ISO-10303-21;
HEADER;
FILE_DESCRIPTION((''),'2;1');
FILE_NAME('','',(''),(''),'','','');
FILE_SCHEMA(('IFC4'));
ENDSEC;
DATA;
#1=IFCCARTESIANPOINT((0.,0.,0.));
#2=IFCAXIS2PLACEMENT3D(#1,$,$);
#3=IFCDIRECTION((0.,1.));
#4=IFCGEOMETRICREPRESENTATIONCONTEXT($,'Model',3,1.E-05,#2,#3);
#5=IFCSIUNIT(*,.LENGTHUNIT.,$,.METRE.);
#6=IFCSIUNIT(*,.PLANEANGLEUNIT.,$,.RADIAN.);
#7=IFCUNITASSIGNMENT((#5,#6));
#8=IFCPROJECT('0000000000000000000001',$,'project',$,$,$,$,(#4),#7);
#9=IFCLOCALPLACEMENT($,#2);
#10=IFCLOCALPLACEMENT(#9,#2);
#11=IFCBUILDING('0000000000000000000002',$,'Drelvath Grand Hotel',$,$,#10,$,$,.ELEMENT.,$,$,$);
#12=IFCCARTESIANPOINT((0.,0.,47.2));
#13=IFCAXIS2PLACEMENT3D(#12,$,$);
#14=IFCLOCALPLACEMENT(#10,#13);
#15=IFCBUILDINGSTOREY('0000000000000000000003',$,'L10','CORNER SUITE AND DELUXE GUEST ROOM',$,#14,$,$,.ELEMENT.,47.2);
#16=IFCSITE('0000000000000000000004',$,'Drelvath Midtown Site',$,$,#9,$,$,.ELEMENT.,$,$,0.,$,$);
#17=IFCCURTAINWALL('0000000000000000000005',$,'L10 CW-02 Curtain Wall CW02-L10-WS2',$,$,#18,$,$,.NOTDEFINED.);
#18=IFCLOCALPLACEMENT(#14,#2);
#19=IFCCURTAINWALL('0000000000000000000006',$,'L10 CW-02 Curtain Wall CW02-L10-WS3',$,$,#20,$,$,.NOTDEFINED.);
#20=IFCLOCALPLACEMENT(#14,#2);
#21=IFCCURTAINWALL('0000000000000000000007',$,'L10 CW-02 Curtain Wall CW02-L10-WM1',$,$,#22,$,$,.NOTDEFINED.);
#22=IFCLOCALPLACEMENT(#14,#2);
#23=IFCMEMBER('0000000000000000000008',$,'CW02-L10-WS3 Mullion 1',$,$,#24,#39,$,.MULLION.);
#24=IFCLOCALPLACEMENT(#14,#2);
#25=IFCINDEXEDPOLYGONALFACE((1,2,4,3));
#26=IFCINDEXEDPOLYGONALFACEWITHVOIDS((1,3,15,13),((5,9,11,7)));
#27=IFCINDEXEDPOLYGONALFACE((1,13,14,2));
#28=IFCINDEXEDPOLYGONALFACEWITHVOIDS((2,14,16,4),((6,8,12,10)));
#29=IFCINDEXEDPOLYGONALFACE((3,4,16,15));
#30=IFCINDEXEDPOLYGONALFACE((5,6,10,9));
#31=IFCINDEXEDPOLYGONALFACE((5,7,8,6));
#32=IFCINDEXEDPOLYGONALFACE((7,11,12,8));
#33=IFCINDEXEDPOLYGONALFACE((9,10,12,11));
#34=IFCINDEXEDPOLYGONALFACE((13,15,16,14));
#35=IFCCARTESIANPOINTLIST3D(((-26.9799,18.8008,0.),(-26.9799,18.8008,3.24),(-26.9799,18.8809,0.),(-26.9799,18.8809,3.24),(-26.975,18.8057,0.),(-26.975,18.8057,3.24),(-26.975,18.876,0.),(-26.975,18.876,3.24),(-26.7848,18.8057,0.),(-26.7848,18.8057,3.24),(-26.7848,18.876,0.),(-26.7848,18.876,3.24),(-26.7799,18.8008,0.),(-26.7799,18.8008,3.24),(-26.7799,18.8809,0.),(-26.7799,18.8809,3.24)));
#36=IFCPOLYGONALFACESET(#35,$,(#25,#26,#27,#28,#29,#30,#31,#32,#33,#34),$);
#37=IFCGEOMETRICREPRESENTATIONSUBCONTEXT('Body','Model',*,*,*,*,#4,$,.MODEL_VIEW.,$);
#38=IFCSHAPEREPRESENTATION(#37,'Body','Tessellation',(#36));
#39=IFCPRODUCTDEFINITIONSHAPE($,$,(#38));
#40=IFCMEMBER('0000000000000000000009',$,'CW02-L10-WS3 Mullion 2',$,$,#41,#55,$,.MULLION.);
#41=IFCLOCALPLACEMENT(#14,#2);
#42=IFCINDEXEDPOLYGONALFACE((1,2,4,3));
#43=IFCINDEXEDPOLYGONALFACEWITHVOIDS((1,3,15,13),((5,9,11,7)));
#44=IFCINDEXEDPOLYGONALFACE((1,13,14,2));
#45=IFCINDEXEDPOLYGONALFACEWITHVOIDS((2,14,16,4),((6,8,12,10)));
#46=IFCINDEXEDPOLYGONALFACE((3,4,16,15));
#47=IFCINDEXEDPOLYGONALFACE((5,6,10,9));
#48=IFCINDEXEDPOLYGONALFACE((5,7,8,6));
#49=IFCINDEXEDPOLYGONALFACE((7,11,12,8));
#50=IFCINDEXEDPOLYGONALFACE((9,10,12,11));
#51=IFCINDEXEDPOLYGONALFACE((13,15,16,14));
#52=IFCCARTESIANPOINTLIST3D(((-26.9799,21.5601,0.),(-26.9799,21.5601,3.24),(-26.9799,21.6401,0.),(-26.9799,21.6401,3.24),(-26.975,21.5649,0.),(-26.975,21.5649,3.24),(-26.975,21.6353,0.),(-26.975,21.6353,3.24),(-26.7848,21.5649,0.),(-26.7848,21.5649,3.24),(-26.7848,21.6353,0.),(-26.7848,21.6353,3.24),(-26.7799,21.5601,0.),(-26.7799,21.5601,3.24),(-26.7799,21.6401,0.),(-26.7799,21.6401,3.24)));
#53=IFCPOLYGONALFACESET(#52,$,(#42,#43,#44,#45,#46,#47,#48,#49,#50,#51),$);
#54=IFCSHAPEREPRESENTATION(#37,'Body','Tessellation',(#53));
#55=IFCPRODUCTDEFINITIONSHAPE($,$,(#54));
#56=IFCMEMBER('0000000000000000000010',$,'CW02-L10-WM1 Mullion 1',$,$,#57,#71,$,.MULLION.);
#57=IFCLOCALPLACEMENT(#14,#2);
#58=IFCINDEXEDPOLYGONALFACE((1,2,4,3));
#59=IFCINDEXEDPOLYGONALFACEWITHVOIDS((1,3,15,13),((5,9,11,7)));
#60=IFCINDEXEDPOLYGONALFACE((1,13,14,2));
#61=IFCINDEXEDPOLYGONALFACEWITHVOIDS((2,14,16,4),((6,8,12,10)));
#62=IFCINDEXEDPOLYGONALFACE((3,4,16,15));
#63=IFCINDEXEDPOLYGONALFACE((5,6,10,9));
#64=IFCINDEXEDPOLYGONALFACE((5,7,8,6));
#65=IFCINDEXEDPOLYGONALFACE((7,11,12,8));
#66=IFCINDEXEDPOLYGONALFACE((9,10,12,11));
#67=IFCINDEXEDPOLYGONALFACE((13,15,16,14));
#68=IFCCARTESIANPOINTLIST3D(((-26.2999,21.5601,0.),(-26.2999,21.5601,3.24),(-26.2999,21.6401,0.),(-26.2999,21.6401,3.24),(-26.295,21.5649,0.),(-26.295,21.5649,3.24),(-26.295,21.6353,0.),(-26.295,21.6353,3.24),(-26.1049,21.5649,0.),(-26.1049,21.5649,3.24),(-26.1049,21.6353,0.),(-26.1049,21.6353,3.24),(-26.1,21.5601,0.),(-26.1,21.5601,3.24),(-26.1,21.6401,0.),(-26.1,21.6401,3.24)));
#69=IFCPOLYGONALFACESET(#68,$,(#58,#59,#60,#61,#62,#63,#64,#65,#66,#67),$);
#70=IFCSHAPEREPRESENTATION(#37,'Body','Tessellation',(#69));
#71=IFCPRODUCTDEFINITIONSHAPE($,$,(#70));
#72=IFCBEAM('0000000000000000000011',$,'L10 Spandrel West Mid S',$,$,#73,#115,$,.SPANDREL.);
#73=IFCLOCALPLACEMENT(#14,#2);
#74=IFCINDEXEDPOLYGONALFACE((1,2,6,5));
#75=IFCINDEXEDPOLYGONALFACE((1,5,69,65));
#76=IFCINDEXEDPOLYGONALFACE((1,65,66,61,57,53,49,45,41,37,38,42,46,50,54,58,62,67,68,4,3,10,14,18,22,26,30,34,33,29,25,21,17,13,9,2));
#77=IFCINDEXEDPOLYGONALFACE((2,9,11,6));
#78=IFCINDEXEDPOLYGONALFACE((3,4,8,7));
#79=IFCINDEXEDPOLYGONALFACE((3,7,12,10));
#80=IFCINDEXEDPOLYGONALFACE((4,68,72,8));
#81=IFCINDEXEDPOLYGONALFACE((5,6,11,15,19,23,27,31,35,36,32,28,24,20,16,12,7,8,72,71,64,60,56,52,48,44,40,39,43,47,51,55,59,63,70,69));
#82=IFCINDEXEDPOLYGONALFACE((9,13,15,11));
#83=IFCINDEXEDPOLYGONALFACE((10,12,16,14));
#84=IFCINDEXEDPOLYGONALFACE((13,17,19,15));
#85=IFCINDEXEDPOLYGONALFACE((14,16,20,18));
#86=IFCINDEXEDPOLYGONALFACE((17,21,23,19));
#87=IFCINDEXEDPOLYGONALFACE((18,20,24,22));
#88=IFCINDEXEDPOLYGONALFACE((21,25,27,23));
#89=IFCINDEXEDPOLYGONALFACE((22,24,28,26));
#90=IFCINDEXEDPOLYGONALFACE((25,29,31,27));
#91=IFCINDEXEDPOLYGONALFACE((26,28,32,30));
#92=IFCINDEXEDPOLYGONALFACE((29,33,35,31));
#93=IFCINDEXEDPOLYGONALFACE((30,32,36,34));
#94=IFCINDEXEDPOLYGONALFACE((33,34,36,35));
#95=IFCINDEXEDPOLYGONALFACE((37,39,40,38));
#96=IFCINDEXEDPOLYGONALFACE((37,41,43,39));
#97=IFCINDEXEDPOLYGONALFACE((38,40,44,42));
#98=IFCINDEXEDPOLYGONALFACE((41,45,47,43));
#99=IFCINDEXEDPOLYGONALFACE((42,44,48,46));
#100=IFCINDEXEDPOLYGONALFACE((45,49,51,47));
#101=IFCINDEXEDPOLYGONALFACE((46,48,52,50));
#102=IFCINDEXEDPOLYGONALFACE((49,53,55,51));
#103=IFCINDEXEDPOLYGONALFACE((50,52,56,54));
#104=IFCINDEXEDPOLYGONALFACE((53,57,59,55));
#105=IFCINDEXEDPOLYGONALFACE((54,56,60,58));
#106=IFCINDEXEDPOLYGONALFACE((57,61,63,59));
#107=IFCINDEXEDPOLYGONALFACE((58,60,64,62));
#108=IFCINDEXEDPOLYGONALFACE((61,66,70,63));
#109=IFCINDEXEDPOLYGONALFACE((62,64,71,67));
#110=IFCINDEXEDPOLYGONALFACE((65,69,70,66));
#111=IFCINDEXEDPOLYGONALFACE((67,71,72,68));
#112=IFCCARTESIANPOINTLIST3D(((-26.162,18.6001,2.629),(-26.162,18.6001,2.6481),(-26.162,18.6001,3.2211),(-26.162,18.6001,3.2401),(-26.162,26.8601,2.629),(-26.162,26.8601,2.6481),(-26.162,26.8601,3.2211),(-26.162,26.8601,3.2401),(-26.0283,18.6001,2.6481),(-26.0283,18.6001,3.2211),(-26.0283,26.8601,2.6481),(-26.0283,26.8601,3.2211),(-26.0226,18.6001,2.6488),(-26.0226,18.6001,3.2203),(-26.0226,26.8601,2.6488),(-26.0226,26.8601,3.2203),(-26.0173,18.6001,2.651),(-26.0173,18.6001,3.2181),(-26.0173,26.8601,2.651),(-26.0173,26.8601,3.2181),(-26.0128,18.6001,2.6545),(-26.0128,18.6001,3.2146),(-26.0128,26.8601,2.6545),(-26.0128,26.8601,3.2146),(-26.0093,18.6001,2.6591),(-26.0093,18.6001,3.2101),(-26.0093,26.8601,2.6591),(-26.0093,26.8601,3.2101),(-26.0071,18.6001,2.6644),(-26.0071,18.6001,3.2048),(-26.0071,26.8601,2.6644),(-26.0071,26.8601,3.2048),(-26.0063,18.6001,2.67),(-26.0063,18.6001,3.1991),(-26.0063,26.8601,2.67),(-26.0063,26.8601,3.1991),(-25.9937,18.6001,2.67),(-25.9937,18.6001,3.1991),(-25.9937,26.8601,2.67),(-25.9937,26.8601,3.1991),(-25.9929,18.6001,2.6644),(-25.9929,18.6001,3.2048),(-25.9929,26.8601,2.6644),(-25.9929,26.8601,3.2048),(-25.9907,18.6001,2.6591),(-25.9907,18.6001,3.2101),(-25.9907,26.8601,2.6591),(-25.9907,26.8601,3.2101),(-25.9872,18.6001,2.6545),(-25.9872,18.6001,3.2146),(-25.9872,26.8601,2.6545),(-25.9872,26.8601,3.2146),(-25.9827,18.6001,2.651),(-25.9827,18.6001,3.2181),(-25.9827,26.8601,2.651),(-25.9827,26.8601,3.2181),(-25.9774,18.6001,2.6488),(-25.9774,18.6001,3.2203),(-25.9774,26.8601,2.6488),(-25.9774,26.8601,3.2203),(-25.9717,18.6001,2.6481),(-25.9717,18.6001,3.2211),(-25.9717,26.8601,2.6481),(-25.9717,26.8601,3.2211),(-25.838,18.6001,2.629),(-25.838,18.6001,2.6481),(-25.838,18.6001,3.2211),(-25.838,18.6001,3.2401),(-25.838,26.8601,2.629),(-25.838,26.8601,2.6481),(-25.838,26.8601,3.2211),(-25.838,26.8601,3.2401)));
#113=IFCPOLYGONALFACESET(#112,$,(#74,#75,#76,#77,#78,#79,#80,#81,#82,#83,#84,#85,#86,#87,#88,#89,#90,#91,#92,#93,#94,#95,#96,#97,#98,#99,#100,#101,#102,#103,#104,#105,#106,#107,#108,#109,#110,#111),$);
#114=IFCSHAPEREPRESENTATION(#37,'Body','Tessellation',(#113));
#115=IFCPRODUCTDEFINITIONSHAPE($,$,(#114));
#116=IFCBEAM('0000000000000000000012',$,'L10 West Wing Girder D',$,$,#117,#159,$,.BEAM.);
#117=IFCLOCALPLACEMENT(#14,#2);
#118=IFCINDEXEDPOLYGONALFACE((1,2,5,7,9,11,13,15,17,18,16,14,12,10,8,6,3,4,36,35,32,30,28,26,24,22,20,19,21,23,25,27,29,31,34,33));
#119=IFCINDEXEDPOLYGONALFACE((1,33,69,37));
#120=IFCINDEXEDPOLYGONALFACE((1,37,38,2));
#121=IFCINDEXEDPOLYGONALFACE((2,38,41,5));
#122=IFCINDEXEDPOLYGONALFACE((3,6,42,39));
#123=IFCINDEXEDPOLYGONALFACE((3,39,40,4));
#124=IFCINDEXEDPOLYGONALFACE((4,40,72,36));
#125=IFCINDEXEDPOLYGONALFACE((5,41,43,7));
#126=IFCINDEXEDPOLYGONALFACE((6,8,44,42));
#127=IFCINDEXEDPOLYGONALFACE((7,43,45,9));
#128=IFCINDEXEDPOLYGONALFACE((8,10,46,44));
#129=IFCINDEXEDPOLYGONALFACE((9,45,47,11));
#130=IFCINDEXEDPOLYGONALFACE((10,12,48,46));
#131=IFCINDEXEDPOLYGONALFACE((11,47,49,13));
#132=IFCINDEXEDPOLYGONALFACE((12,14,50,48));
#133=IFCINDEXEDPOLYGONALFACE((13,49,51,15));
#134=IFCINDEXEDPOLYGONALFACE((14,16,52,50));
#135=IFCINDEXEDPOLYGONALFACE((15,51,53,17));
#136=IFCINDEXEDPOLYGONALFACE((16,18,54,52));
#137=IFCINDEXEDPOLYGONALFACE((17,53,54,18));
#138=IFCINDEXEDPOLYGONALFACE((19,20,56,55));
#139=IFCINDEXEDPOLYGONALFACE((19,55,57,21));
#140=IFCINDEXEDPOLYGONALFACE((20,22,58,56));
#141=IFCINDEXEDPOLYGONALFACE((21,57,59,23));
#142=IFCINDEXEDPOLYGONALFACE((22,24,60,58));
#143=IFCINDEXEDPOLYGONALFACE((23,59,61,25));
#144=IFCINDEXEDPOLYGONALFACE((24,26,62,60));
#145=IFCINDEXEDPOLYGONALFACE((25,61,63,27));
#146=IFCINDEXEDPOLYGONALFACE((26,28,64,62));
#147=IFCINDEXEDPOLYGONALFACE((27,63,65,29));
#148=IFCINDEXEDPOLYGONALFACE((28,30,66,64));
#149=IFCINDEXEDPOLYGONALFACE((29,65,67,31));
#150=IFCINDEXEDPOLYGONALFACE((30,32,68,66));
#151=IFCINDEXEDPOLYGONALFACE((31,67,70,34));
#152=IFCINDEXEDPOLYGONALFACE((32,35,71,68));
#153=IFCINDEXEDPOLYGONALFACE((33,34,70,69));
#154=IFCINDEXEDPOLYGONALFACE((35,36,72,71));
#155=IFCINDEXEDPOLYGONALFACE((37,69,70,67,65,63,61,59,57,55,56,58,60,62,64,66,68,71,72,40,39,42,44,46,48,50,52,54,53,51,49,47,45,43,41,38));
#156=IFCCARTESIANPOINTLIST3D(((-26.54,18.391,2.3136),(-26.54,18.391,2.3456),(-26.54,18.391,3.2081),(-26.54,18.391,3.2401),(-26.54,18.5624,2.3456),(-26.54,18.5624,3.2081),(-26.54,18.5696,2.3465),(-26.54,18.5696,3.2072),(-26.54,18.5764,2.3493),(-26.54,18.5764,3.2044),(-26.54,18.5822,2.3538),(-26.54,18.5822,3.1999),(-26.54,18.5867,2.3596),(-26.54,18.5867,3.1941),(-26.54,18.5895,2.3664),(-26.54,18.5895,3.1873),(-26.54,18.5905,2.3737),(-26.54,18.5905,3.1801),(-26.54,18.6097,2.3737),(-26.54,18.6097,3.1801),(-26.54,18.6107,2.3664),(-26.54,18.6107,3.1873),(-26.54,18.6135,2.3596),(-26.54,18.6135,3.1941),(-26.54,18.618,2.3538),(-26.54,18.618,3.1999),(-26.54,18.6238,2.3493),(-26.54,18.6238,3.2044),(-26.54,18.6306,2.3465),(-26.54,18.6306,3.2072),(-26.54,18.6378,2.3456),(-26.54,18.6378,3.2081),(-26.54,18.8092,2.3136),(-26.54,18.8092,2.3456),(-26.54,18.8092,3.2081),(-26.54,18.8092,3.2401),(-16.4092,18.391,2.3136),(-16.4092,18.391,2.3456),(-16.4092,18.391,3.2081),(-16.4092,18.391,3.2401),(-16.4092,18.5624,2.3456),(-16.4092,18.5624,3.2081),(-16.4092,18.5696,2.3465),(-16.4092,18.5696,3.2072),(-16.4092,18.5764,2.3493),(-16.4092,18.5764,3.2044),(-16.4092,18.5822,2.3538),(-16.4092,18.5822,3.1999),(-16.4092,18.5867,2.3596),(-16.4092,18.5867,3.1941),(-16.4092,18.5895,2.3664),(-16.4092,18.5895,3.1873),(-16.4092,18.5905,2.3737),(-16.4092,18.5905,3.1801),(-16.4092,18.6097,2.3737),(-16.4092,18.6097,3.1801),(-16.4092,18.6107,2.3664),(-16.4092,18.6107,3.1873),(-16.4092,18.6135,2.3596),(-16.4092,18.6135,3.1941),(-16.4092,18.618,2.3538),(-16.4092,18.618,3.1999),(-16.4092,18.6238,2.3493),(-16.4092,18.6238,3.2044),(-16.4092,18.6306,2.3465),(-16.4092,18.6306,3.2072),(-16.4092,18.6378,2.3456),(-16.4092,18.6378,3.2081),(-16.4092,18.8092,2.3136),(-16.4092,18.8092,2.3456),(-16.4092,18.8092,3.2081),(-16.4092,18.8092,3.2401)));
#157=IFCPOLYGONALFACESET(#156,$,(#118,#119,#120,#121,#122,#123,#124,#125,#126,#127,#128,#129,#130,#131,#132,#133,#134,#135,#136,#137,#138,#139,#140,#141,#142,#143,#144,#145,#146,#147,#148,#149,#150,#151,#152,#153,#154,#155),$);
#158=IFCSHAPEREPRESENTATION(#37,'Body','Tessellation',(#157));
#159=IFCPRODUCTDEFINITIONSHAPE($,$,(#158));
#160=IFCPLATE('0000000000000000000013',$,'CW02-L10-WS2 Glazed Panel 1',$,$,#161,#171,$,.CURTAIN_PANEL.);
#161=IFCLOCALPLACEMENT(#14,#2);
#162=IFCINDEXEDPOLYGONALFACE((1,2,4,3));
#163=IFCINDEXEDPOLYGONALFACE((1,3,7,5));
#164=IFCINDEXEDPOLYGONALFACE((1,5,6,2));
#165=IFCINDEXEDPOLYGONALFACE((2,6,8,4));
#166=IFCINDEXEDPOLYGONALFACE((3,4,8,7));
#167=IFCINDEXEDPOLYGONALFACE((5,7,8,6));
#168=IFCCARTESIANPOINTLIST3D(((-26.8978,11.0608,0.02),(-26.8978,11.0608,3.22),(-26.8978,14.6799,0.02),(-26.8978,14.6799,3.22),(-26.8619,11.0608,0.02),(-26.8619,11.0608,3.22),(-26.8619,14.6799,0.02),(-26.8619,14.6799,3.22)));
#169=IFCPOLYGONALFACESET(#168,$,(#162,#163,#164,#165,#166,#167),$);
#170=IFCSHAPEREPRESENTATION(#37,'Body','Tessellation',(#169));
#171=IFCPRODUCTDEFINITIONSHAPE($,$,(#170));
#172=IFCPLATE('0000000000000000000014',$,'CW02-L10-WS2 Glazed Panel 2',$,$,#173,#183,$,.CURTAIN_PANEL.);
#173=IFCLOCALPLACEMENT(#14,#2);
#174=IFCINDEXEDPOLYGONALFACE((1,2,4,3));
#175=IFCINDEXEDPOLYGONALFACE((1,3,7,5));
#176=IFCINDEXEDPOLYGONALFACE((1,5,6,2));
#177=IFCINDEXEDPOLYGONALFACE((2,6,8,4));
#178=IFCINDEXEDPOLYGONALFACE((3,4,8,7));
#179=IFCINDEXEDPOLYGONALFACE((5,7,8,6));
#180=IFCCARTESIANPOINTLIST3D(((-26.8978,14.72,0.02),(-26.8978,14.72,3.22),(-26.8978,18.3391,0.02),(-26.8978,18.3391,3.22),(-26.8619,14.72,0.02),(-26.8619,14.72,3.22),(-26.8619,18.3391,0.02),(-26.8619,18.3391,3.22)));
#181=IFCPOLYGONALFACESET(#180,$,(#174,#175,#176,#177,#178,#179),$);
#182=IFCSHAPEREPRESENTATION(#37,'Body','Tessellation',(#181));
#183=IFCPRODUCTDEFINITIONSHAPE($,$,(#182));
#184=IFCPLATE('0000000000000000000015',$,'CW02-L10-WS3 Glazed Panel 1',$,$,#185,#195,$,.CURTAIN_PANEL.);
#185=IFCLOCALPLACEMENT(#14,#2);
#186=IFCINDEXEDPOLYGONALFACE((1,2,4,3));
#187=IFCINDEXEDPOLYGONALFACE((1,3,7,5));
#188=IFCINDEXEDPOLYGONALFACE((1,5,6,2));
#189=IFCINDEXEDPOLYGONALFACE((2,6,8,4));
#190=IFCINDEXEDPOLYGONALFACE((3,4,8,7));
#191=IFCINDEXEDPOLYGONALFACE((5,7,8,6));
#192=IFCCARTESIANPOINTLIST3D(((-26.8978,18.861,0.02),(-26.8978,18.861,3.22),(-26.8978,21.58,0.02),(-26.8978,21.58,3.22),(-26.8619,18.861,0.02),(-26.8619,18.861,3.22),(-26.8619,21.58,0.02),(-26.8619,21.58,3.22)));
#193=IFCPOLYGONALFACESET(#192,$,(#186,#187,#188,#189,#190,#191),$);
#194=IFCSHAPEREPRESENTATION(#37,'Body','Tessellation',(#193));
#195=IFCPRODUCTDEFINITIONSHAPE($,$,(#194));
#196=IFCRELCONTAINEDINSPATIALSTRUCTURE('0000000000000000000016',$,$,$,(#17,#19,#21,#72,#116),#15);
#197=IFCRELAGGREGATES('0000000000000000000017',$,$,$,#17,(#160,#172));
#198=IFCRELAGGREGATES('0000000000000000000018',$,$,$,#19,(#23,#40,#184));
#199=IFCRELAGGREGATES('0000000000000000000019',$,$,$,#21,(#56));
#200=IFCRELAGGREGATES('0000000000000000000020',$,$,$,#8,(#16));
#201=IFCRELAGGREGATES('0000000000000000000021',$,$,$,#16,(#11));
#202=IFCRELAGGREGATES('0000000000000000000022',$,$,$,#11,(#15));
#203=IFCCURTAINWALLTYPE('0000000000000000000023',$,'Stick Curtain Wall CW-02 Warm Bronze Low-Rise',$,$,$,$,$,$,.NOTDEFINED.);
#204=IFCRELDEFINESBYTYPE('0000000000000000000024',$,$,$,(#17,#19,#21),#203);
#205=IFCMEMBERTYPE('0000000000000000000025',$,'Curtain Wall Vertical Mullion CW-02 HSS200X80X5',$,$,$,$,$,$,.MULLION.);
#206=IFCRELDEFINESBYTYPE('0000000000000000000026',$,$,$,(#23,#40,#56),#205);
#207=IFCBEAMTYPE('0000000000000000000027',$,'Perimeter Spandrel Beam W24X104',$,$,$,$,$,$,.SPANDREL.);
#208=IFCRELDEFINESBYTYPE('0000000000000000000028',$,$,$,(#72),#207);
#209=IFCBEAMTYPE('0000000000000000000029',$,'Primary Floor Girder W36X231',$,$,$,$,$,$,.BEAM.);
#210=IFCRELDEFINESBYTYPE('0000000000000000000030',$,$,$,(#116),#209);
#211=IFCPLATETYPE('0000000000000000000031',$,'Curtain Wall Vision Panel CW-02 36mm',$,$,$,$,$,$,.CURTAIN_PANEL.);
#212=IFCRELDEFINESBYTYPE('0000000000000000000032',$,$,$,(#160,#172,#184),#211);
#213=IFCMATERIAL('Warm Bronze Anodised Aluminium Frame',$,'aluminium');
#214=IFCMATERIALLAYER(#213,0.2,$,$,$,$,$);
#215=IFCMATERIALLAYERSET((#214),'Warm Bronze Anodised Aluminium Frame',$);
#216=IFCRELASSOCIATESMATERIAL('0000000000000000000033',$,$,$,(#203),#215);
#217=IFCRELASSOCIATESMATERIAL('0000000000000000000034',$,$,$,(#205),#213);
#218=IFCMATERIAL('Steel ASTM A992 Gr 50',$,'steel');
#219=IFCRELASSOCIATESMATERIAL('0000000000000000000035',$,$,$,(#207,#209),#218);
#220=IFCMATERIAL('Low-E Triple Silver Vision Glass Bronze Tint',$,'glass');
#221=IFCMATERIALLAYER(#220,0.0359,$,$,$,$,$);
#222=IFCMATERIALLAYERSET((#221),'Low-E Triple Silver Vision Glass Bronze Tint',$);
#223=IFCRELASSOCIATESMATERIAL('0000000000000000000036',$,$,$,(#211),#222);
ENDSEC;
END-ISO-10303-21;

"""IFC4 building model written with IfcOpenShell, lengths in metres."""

from ifc_helpers import new_model, si_unit, direction, frame, origin, origin_2d, place, context, subcontext, project, spatial, rectangle, hollow_rectangle, i_section, extrude, material, layer, layer_set, material_profile, profile_set, type_object, element, aggregate, save


model = new_model("IFC4")

# Units and contexts
model_context = context("Model", 3, precision=1e-05, world=origin(), true_north=direction((0.0, 1.0)))
body_context = subcontext(model_context, "Body", "Model", "MODEL_VIEW")
ifc_project = project(units=[si_unit("LENGTHUNIT", "METRE"), si_unit("PLANEANGLEUNIT", "RADIAN")], contexts=[model_context])

# Site, building, storey
site_placement = place(None, origin())
site = spatial("IfcSite", under=ifc_project, at=site_placement, Name="Drelvath Midtown Site", CompositionType="ELEMENT", RefElevation=0.0)
building_placement = place(site_placement, origin())
building = spatial("IfcBuilding", under=site, at=building_placement, Name="Drelvath Grand Hotel", CompositionType="ELEMENT")
storey_placement = place(building_placement, frame((0.0, 0.0, 47.2)))
storey = spatial("IfcBuildingStorey", under=building, at=storey_placement, Name="L10", Description="CORNER SUITE AND DELUXE GUEST ROOM", CompositionType="ELEMENT", Elevation=47.2)

# Shared definitions
ifc_material_1 = material(Name="Steel ASTM A992 Gr 50", Category="steel")

# Curtain walls
ifc_material_2 = material(Name="Warm Bronze Anodised Aluminium Frame", Category="aluminium")
ifc_layer_1 = layer(ifc_material_2, 0.2)
ifc_layer_set_1 = layer_set([ifc_layer_1], Name="Warm Bronze Anodised Aluminium Frame")
curtain_wall_type = type_object("IfcCurtainWallType", Name="Stick Curtain Wall CW-02 Warm Bronze Low-Rise", PredefinedType="NOTDEFINED", material=ifc_layer_set_1)
curtain_wall_1_placement = place(storey_placement, origin())
curtain_wall_1 = element("IfcCurtainWall", 1, at=curtain_wall_1_placement, inside=storey, type_object=curtain_wall_type, Name="L10 CW-02 Curtain Wall CW02-L10-WS2", PredefinedType="NOTDEFINED")
curtain_wall_2_placement = place(storey_placement, origin())
curtain_wall_2 = element("IfcCurtainWall", 2, at=curtain_wall_2_placement, inside=storey, type_object=curtain_wall_type, Name="L10 CW-02 Curtain Wall CW02-L10-WS3", PredefinedType="NOTDEFINED")
curtain_wall_3_placement = place(storey_placement, origin())
curtain_wall_3 = element("IfcCurtainWall", 3, at=curtain_wall_3_placement, inside=storey, type_object=curtain_wall_type, Name="L10 CW-02 Curtain Wall CW02-L10-WM1", PredefinedType="NOTDEFINED")

# Members
ifc_material_profile_1 = material_profile(ifc_material_2, hollow_rectangle(XDim=0.0801, YDim=0.2, WallThickness=0.0049, at=origin_2d()), Name="HSS200X80X5")
ifc_profile_set_1 = profile_set([ifc_material_profile_1], Name="Warm Bronze Anodised Aluminium Frame")
member_type_1 = type_object("IfcMemberType", Name="Curtain Wall Vertical Mullion CW-02 HSS200X80X5", PredefinedType="MULLION", material=ifc_profile_set_1)
member_1_placement = place(storey_placement, frame((-26.8799, 18.8408, 0.0), z_axis=(0.0, 0.0, 1.0), x_axis=(0.0, 1.0, 0.0)))
member_1 = element("IfcMember", 4, at=member_1_placement, type_object=member_type_1, Name="CW02-L10-WS3 Mullion 1", PredefinedType="MULLION", context=body_context, shape_type="SweptSolid", body=[
    extrude(hollow_rectangle(XDim=0.0801, YDim=0.2, WallThickness=0.0049, at=origin_2d()), origin(), (0.0, 0.0, 1.0), 3.24),
])
member_2_placement = place(storey_placement, frame((-26.8799, 21.6001, 0.0), z_axis=(0.0, 0.0, 1.0), x_axis=(0.0, 1.0, 0.0)))
member_2 = element("IfcMember", 5, at=member_2_placement, type_object=member_type_1, Name="CW02-L10-WS3 Mullion 2", PredefinedType="MULLION", context=body_context, shape_type="SweptSolid", body=[
    extrude(hollow_rectangle(XDim=0.0801, YDim=0.2, WallThickness=0.0049, at=origin_2d()), origin(), (0.0, 0.0, 1.0), 3.24),
])
member_3_placement = place(storey_placement, frame((-26.2, 21.6001, 0.0), z_axis=(0.0, 0.0, 1.0), x_axis=(0.0, 1.0, 0.0)))
member_3 = element("IfcMember", 6, at=member_3_placement, type_object=member_type_1, Name="CW02-L10-WM1 Mullion 1", PredefinedType="MULLION", context=body_context, shape_type="SweptSolid", body=[
    extrude(hollow_rectangle(XDim=0.0801, YDim=0.2, WallThickness=0.0049, at=origin_2d()), origin(), (0.0, 0.0, 1.0), 3.24),
])

# Beams
ifc_material_profile_2 = material_profile(ifc_material_1, i_section(OverallWidth=0.324, OverallDepth=0.6111, WebThickness=0.0127, FlangeThickness=0.019, FilletRadius=0.022, at=origin_2d()), Name="W24X104")
ifc_profile_set_2 = profile_set([ifc_material_profile_2], Name="Steel ASTM A992 Gr 50")
beam_type_1 = type_object("IfcBeamType", Name="Perimeter Spandrel Beam W24X104", PredefinedType="SPANDREL", material=ifc_profile_set_2)
beam_1_placement = place(storey_placement, frame((-26.0, 18.6001, 2.9346), z_axis=(0.0, 1.0, 0.0), x_axis=(-1.0, 0.0, 0.0)))
element("IfcBeam", 7, at=beam_1_placement, inside=storey, type_object=beam_type_1, Name="L10 Spandrel West Mid S", PredefinedType="SPANDREL", context=body_context, shape_type="SweptSolid", body=[
    extrude(i_section(OverallWidth=0.324, OverallDepth=0.6111, WebThickness=0.0127, FlangeThickness=0.019, FilletRadius=0.022, at=origin_2d()), origin(), (0.0, 0.0, 1.0), 8.26),
])
ifc_material_profile_3 = material_profile(ifc_material_1, i_section(OverallWidth=0.4182, OverallDepth=0.9265, WebThickness=0.0193, FlangeThickness=0.032, FilletRadius=0.0281, at=origin_2d()), Name="W36X231")
ifc_profile_set_3 = profile_set([ifc_material_profile_3], Name="Steel ASTM A992 Gr 50")
beam_type_2 = type_object("IfcBeamType", Name="Primary Floor Girder W36X231", PredefinedType="BEAM", material=ifc_profile_set_3)
beam_2_placement = place(storey_placement, frame((-26.54, 18.6001, 2.7769), z_axis=(1.0, 0.0, 0.0), x_axis=(0.0, 1.0, 0.0)))
element("IfcBeam", 8, at=beam_2_placement, inside=storey, type_object=beam_type_2, Name="L10 West Wing Girder D", PredefinedType="BEAM", context=body_context, shape_type="SweptSolid", body=[
    extrude(i_section(OverallWidth=0.4182, OverallDepth=0.9265, WebThickness=0.0193, FlangeThickness=0.032, FilletRadius=0.0281, at=origin_2d()), origin(), (0.0, 0.0, 1.0), 10.1309),
])

# Plates
ifc_material_3 = material(Name="Low-E Triple Silver Vision Glass Bronze Tint", Category="glass")
ifc_layer_2 = layer(ifc_material_3, 0.0359)
ifc_layer_set_2 = layer_set([ifc_layer_2], Name="Low-E Triple Silver Vision Glass Bronze Tint")
plate_type = type_object("IfcPlateType", Name="Curtain Wall Vision Panel CW-02 36mm", PredefinedType="CURTAIN_PANEL", material=ifc_layer_set_2)
plate_1_placement = place(storey_placement, frame((-26.8799, 12.8704, 0.02), z_axis=(0.0, 0.0, 1.0), x_axis=(0.0, 1.0, 0.0)))
plate_1 = element("IfcPlate", 9, at=plate_1_placement, type_object=plate_type, Name="CW02-L10-WS2 Glazed Panel 1", PredefinedType="CURTAIN_PANEL", context=body_context, shape_type="SweptSolid", body=[
    extrude(rectangle(XDim=3.6191, YDim=0.0359, at=origin_2d()), origin(), (0.0, 0.0, 1.0), 3.2),
])
plate_2_placement = place(storey_placement, frame((-26.8799, 16.5295, 0.02), z_axis=(0.0, 0.0, 1.0), x_axis=(0.0, 1.0, 0.0)))
plate_2 = element("IfcPlate", 10, at=plate_2_placement, type_object=plate_type, Name="CW02-L10-WS2 Glazed Panel 2", PredefinedType="CURTAIN_PANEL", context=body_context, shape_type="SweptSolid", body=[
    extrude(rectangle(XDim=3.6191, YDim=0.0359, at=origin_2d()), origin(), (0.0, 0.0, 1.0), 3.2),
])
aggregate(curtain_wall_1, [plate_1, plate_2])
plate_3_placement = place(storey_placement, frame((-26.8799, 20.2205, 0.02), z_axis=(0.0, 0.0, 1.0), x_axis=(0.0, 1.0, 0.0)))
plate_3 = element("IfcPlate", 11, at=plate_3_placement, type_object=plate_type, Name="CW02-L10-WS3 Glazed Panel 1", PredefinedType="CURTAIN_PANEL", context=body_context, shape_type="SweptSolid", body=[
    extrude(rectangle(XDim=2.719, YDim=0.0359, at=origin_2d()), origin(), (0.0, 0.0, 1.0), 3.2),
])
aggregate(curtain_wall_2, [member_1, member_2, plate_3])
aggregate(curtain_wall_3, [member_3])

save(model, "model.ifc")
